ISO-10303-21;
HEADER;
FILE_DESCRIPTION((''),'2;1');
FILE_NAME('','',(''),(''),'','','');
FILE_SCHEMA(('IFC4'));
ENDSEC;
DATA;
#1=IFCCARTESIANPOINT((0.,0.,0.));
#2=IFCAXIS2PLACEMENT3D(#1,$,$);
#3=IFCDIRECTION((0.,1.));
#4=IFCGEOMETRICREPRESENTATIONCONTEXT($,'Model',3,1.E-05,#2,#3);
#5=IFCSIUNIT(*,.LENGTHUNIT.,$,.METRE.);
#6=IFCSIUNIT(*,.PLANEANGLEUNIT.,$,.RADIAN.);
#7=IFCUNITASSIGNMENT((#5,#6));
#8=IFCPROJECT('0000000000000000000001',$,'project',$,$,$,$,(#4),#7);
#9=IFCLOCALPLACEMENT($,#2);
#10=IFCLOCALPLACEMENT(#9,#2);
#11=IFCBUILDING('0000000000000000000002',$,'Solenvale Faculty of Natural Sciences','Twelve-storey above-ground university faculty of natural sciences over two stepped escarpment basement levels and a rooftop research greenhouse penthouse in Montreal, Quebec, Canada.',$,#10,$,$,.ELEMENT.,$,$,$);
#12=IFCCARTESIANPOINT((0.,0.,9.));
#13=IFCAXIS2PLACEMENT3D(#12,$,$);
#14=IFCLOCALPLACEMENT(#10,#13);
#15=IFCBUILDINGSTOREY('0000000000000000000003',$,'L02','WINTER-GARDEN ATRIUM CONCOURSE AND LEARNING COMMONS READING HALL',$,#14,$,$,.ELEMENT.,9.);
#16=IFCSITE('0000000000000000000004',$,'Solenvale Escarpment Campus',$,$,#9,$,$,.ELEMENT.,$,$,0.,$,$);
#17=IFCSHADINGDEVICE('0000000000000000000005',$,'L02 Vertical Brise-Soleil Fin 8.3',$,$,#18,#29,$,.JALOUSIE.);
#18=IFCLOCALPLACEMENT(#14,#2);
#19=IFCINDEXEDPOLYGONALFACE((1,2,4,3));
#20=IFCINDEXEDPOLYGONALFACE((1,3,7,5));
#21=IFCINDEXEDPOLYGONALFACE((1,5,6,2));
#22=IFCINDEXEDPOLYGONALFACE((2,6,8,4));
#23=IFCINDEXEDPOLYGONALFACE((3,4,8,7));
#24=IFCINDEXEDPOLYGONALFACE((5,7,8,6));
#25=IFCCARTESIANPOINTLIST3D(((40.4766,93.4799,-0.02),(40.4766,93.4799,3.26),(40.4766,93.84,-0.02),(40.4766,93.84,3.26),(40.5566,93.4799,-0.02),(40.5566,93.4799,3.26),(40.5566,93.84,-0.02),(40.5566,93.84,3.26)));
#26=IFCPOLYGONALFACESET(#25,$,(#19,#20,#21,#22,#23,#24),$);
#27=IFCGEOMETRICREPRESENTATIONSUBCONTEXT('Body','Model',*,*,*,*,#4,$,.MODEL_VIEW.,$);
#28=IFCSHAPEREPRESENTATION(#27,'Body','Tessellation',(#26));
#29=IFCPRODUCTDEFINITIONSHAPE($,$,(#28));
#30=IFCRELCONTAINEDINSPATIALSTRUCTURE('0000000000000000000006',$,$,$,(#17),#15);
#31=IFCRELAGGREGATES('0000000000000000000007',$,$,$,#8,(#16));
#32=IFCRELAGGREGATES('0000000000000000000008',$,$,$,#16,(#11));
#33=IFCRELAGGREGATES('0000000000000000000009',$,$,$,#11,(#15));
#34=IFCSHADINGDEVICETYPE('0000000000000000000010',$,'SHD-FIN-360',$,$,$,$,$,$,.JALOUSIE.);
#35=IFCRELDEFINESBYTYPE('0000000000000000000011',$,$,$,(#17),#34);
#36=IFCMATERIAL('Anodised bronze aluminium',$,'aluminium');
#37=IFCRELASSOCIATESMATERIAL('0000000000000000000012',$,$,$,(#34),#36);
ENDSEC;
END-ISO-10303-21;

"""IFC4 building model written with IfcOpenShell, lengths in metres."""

from ifc_helpers import new_model, si_unit, direction, frame, origin, origin_2d, place, context, subcontext, project, spatial, rectangle, extrude, material, material_profile, profile_set, type_object, element, save


model = new_model("IFC4")

# Units and contexts
model_context = context("Model", 3, precision=1e-05, world=origin(), true_north=direction((0.0, 1.0)))
body_context = subcontext(model_context, "Body", "Model", "MODEL_VIEW")
ifc_project = project(units=[si_unit("LENGTHUNIT", "METRE"), si_unit("PLANEANGLEUNIT", "RADIAN")], contexts=[model_context])

# Site, building, storey
site_placement = place(None, origin())
site = spatial("IfcSite", under=ifc_project, at=site_placement, Name="Solenvale Escarpment Campus", CompositionType="ELEMENT", RefElevation=0.0)
building_placement = place(site_placement, origin())
building = spatial("IfcBuilding", under=site, at=building_placement, Name="Solenvale Faculty of Natural Sciences", Description="Twelve-storey above-ground university faculty of natural sciences over two stepped escarpment basement levels and a rooftop research greenhouse penthouse in Montreal, Quebec, Canada.", CompositionType="ELEMENT")
storey_placement = place(building_placement, frame((0.0, 0.0, 9.0)))
storey = spatial("IfcBuildingStorey", under=building, at=storey_placement, Name="L02", Description="WINTER-GARDEN ATRIUM CONCOURSE AND LEARNING COMMONS READING HALL", CompositionType="ELEMENT", Elevation=9.0)

# Shared definitions
ifc_material_1 = material(Name="Anodised bronze aluminium", Category="aluminium")

# Shading device
ifc_material_profile_1 = material_profile(ifc_material_1, rectangle(XDim=0.0801, YDim=0.3601, at=origin_2d()), Name="ALU-FIN-80x360")
ifc_profile_set_1 = profile_set([ifc_material_profile_1], Name="Anodised bronze aluminium")
shading_device_type = type_object("IfcShadingDeviceType", Name="SHD-FIN-360", PredefinedType="JALOUSIE", material=ifc_profile_set_1)
shading_device_placement = place(storey_placement, frame((40.5166, 93.6599, -0.02), z_axis=(0.0, 0.0, 1.0), x_axis=(1.0, 0.0, 0.0)))
element("IfcShadingDevice", 1, at=shading_device_placement, inside=storey, type_object=shading_device_type, Name="L02 Vertical Brise-Soleil Fin 8.3", PredefinedType="JALOUSIE", context=body_context, shape_type="SweptSolid", body=[
    extrude(rectangle(XDim=0.0801, YDim=0.3601, at=origin_2d()), origin(), (0.0, 0.0, 1.0), 3.28),
])

save(model, "model.ifc")
